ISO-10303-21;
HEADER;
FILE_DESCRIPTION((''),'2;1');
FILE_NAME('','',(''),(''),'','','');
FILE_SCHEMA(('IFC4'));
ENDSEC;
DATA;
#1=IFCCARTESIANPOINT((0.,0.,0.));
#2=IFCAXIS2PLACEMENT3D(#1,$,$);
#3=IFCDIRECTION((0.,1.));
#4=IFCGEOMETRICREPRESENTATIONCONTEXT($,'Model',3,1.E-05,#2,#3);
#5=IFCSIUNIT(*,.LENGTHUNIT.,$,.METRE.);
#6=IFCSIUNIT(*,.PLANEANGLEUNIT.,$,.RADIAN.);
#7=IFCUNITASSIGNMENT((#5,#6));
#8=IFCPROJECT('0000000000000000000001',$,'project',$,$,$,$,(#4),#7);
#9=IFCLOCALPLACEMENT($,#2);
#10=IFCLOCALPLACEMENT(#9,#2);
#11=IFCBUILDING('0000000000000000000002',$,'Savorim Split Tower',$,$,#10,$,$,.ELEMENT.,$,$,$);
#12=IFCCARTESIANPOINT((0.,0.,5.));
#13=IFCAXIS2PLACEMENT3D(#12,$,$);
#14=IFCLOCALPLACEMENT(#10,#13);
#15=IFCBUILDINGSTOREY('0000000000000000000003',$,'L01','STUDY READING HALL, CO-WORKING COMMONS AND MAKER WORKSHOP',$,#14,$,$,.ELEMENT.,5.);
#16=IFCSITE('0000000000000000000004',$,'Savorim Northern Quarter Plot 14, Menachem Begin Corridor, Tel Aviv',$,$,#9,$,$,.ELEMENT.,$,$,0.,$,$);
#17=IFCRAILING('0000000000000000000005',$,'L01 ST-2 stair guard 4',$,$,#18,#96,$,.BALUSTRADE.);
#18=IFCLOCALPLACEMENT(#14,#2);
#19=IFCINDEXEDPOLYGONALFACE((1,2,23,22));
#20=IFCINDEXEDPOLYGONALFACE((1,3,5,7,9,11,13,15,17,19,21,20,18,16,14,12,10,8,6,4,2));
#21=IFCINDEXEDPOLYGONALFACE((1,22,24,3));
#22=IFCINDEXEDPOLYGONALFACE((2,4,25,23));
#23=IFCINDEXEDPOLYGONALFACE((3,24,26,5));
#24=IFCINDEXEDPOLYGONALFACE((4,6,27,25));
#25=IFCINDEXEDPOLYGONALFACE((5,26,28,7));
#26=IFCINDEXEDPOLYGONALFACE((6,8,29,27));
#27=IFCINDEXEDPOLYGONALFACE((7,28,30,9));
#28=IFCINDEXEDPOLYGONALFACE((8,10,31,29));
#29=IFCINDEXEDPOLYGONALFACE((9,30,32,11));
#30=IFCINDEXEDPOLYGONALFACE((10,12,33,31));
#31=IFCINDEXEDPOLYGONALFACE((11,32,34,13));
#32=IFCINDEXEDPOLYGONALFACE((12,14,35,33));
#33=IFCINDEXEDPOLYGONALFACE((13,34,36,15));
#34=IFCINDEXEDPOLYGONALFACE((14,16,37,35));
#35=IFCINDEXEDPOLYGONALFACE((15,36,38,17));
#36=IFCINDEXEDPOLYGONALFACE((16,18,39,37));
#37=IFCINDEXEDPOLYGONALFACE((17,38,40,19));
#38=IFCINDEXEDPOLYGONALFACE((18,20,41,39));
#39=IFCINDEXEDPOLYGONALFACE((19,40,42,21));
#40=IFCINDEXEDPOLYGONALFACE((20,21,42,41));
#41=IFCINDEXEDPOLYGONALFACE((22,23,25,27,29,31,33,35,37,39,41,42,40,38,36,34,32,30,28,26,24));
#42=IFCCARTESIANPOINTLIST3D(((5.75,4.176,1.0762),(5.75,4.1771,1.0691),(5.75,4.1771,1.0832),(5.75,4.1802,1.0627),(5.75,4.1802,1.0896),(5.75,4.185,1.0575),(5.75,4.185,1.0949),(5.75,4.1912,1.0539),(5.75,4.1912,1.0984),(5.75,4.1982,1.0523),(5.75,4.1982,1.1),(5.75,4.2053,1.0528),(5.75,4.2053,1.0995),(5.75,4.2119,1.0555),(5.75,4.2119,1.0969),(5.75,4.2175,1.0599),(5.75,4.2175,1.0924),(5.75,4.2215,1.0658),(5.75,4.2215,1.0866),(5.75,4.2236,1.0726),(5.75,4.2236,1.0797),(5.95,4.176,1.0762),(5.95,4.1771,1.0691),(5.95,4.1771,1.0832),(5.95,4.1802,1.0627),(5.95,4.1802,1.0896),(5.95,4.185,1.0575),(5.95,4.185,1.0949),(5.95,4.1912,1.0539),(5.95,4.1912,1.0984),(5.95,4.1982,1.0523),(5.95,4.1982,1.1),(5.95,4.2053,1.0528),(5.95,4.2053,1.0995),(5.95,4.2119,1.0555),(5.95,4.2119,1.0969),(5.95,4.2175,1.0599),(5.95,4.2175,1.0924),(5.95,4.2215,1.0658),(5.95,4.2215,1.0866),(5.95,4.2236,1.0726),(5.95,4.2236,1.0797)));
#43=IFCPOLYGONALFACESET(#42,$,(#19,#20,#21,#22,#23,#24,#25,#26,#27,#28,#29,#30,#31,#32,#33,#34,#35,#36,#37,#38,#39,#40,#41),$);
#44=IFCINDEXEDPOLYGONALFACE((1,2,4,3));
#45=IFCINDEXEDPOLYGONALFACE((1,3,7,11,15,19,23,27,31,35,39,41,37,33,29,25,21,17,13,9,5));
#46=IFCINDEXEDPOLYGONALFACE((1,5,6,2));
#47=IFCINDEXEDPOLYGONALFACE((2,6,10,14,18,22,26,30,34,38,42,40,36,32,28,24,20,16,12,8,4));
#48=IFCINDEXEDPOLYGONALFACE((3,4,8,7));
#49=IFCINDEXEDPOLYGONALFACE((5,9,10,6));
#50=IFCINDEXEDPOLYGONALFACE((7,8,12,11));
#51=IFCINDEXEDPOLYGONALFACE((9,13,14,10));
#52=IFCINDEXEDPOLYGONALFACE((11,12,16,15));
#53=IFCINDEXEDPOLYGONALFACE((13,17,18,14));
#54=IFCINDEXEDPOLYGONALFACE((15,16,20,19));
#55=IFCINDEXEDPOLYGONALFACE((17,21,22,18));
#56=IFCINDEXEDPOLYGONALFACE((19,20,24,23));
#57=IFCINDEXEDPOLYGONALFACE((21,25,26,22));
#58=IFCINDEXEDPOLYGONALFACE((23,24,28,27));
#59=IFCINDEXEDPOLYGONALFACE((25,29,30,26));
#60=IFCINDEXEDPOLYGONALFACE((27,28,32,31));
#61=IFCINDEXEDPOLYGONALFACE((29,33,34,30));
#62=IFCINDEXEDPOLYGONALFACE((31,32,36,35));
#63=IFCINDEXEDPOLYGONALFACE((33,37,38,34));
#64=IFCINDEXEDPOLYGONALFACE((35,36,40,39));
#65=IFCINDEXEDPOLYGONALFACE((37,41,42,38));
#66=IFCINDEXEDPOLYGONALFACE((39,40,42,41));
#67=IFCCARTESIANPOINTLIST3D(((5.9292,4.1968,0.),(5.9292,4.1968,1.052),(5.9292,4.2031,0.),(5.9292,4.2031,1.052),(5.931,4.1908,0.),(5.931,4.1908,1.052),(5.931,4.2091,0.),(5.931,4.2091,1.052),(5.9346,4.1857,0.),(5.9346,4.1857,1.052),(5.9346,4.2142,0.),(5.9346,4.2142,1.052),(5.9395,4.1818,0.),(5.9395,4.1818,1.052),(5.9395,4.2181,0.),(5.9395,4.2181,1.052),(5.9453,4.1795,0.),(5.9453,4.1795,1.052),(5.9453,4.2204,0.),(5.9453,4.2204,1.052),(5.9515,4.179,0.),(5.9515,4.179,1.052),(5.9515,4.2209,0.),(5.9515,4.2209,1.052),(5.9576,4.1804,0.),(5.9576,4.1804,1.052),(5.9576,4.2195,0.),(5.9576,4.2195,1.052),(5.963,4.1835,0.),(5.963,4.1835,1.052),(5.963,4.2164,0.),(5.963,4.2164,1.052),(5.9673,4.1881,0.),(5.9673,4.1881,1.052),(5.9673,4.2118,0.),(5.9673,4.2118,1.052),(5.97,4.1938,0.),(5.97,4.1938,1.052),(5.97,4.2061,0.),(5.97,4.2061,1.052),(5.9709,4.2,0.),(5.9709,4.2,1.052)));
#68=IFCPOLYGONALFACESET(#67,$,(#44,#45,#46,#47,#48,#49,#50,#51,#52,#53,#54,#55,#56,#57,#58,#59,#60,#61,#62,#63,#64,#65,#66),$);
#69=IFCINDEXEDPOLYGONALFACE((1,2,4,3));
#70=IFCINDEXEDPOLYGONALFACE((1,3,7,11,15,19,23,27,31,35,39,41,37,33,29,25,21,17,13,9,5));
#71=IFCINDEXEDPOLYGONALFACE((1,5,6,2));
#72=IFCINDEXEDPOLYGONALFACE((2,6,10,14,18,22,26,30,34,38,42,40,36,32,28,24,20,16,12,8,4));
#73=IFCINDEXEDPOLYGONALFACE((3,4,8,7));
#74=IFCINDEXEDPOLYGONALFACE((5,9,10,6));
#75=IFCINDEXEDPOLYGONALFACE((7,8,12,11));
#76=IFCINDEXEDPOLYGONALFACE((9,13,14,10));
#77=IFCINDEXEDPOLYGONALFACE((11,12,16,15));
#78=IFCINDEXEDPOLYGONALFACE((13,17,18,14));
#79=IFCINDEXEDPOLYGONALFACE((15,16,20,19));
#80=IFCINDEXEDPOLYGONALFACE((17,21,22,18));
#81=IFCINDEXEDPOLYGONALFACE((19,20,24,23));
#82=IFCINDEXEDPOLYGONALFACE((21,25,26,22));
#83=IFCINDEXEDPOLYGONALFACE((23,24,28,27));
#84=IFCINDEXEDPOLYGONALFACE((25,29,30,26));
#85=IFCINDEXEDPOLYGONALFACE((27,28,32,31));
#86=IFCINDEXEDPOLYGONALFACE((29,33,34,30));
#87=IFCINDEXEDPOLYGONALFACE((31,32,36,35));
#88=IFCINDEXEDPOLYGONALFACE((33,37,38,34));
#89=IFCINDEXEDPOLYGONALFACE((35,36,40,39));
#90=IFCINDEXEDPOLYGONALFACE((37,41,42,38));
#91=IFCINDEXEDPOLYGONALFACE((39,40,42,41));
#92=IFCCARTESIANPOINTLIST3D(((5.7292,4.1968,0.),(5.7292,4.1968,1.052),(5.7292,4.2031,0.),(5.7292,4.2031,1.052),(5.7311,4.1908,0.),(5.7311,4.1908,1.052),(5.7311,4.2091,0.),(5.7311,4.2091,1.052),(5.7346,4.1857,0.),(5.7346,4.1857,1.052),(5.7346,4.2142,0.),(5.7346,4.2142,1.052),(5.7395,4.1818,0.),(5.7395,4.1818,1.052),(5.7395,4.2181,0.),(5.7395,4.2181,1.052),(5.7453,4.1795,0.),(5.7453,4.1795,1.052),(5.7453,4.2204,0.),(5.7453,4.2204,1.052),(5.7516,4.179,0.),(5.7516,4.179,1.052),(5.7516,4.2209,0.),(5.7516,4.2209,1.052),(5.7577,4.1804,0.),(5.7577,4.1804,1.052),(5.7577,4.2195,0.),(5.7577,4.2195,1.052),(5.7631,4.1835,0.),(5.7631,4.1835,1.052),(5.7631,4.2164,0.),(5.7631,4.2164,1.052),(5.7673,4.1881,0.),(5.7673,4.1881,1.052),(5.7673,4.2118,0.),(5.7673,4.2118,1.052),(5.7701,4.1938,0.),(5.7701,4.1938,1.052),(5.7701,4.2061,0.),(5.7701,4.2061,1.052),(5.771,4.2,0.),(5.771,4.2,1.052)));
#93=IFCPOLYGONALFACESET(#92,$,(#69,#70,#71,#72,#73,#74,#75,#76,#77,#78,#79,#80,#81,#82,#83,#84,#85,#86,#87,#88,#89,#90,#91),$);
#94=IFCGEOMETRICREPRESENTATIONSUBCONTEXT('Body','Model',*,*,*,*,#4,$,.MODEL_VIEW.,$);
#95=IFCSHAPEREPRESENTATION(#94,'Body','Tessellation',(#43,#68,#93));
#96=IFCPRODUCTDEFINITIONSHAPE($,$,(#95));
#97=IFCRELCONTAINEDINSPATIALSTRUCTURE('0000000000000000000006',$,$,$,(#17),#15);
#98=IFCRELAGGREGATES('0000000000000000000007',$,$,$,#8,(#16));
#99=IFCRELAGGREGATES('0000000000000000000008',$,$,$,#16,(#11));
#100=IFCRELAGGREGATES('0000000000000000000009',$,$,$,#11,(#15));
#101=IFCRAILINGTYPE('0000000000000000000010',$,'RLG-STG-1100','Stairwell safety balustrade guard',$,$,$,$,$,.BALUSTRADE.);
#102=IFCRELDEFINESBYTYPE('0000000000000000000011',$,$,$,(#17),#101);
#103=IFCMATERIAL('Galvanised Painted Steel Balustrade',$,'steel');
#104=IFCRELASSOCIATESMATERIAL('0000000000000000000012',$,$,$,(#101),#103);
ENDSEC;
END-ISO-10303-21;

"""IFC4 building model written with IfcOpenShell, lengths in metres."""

from ifc_helpers import new_model, si_unit, direction, frame, origin, origin_2d, place, context, subcontext, project, spatial, circle, extrude, material, type_object, element, save


model = new_model("IFC4")

# Units and contexts
model_context = context("Model", 3, precision=1e-05, world=origin(), true_north=direction((0.0, 1.0)))
body_context = subcontext(model_context, "Body", "Model", "MODEL_VIEW")
ifc_project = project(units=[si_unit("LENGTHUNIT", "METRE"), si_unit("PLANEANGLEUNIT", "RADIAN")], contexts=[model_context])

# Site, building, storey
site_placement = place(None, origin())
site = spatial("IfcSite", under=ifc_project, at=site_placement, Name="Savorim Northern Quarter Plot 14, Menachem Begin Corridor, Tel Aviv", CompositionType="ELEMENT", RefElevation=0.0)
building_placement = place(site_placement, origin())
building = spatial("IfcBuilding", under=site, at=building_placement, Name="Savorim Split Tower", CompositionType="ELEMENT")
storey_placement = place(building_placement, frame((0.0, 0.0, 5.0)))
storey = spatial("IfcBuildingStorey", under=building, at=storey_placement, Name="L01", Description="STUDY READING HALL, CO-WORKING COMMONS AND MAKER WORKSHOP", CompositionType="ELEMENT", Elevation=5.0)

# Railing
ifc_material_1 = material(Name="Galvanised Painted Steel Balustrade", Category="steel")
railing_type = type_object("IfcRailingType", Name="RLG-STG-1100", Description="Stairwell safety balustrade guard", PredefinedType="BALUSTRADE", material=ifc_material_1)
railing_1_placement = place(storey_placement, frame((5.95, 4.2, 0.0)))
element("IfcRailing", 1, at=railing_1_placement, inside=storey, type_object=railing_type, Name="L01 ST-2 stair guard 4", PredefinedType="BALUSTRADE", context=body_context, shape_type="SweptSolid", body=[
    extrude(circle(Radius=0.0239, at=origin_2d()), frame((0.0, 0.0, 1.0762), z_axis=(-1.0, 0.0, 0.0), x_axis=(0.0, -1.0, 0.0)), (0.0, 0.0, 1.0), 0.2),
    extrude(circle(Radius=0.021, at=origin_2d()), origin(), (0.0, 0.0, 1.0), 1.052),
    extrude(circle(Radius=0.021, at=origin_2d()), frame((-0.2, 0.0, 0.0)), (0.0, 0.0, 1.0), 1.052),
])

save(model, "model.ifc")
